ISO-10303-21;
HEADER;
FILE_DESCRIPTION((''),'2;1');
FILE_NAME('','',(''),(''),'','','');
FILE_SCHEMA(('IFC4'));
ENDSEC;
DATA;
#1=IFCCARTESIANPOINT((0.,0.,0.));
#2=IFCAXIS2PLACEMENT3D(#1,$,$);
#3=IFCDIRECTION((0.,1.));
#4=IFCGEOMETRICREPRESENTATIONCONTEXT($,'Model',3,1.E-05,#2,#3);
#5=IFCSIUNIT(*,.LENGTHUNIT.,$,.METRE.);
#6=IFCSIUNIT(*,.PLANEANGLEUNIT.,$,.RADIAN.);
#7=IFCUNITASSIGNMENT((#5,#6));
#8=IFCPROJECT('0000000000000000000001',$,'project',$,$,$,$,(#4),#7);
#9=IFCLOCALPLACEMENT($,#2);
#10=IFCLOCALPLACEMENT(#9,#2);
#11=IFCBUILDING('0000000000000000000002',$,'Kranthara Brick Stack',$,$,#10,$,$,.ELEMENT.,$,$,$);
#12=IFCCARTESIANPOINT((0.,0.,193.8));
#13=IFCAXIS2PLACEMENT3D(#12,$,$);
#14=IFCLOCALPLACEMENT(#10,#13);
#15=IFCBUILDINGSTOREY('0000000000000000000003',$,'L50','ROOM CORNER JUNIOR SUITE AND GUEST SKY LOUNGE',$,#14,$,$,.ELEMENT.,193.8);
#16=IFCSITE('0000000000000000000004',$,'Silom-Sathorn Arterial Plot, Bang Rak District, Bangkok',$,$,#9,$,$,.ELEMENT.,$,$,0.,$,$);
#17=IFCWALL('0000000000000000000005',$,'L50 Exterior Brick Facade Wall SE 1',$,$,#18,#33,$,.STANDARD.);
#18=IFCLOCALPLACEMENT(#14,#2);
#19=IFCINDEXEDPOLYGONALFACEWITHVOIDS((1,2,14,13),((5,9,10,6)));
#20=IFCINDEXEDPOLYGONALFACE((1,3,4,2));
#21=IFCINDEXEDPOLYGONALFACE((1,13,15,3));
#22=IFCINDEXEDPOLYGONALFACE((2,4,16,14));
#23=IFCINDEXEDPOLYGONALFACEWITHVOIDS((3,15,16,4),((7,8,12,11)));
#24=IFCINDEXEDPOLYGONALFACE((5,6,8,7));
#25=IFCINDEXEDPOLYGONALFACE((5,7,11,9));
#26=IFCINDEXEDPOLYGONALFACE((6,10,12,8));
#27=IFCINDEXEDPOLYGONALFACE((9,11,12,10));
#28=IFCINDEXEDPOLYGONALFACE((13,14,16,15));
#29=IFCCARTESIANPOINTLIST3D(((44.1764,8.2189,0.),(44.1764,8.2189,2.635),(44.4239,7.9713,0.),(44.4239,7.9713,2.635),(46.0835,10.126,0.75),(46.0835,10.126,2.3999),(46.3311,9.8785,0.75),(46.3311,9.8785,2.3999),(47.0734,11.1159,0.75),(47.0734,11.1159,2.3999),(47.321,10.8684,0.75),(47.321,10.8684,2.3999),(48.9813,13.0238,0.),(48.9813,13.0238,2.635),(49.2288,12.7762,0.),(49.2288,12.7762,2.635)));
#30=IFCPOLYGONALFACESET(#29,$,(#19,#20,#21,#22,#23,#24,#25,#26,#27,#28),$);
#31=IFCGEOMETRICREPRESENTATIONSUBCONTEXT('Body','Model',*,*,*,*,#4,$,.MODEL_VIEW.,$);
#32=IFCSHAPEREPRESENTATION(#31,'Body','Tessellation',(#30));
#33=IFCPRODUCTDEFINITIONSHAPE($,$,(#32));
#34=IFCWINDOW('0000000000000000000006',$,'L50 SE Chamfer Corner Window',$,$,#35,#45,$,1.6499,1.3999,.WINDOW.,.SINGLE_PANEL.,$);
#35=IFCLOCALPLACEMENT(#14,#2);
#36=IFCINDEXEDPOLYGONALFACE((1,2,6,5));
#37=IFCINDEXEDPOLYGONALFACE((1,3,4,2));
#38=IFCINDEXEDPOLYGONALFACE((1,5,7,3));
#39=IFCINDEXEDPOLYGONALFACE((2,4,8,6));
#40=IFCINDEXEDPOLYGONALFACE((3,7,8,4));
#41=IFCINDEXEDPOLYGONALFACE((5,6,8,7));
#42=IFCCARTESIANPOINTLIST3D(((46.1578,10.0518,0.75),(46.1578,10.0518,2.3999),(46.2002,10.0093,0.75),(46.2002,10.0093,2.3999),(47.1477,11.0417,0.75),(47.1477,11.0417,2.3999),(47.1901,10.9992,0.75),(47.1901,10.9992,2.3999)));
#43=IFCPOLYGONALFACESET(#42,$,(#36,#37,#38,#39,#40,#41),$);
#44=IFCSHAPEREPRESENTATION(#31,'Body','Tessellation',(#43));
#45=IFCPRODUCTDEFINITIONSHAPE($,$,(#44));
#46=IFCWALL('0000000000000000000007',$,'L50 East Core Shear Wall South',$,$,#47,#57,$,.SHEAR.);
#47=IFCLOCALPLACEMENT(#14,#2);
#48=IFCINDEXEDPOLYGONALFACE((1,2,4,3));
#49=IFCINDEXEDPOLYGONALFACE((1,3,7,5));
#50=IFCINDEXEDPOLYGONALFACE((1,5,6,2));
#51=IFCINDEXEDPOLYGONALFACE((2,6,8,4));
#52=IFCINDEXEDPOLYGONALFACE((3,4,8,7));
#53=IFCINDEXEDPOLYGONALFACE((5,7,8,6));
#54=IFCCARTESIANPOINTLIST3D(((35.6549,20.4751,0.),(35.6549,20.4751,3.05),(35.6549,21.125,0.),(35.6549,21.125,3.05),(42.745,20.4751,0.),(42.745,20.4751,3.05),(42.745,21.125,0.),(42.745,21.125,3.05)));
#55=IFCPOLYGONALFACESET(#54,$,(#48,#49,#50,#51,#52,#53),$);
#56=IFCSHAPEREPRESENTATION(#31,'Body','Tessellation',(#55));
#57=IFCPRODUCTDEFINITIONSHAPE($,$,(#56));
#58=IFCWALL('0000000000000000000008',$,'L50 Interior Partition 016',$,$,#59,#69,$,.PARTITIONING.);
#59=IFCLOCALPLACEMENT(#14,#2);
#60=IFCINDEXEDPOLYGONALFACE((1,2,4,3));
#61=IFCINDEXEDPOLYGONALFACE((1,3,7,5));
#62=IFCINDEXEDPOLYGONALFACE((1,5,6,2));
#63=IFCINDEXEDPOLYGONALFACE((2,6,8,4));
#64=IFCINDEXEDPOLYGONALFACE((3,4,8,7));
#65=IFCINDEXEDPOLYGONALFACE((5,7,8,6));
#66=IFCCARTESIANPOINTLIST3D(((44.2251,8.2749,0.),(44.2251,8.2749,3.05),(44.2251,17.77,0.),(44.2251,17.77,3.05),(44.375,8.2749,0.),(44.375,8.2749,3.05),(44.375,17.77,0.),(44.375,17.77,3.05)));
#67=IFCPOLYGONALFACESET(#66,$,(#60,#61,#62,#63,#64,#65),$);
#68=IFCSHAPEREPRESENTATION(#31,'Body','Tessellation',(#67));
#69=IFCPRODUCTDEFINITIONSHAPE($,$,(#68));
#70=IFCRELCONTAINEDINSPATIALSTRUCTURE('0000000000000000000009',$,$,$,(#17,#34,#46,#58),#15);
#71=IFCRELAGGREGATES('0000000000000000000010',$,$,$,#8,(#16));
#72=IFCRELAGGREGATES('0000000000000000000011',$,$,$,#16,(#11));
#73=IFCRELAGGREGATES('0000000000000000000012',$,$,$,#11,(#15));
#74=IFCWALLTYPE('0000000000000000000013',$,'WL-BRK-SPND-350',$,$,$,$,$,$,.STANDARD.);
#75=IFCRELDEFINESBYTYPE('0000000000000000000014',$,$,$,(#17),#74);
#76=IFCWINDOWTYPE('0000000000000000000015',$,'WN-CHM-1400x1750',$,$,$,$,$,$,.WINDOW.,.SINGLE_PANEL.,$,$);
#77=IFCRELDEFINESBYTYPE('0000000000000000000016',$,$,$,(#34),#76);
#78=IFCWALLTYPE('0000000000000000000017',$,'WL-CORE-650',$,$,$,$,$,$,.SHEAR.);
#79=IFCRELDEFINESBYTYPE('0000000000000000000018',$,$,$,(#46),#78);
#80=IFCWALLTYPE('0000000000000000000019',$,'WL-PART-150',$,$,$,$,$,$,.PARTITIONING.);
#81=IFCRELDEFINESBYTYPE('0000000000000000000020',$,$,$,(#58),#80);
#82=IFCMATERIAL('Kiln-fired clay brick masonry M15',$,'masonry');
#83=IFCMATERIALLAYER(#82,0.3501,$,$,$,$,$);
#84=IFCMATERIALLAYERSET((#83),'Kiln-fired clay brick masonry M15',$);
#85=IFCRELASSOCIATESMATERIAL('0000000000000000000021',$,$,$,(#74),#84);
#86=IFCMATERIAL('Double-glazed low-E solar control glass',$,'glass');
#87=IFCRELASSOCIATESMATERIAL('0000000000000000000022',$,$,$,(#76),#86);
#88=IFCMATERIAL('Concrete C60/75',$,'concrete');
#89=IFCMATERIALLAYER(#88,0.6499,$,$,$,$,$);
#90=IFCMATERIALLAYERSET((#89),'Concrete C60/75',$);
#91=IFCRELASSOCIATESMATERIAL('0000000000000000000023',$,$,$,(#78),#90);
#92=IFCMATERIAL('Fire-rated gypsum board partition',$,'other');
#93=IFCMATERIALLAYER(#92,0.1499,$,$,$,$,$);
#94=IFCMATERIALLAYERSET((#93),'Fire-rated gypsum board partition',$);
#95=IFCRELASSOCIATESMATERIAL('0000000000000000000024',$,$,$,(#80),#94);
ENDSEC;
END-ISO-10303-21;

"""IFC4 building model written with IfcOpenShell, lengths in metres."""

from ifc_helpers import new_model, si_unit, direction, frame, frame_2d, origin, place, context, subcontext, project, spatial, rectangle, extrude, material, layer, layer_set, type_object, element, fill, save


model = new_model("IFC4")

# Units and contexts
model_context = context("Model", 3, precision=1e-05, world=origin(), true_north=direction((0.0, 1.0)))
body_context = subcontext(model_context, "Body", "Model", "MODEL_VIEW")
ifc_project = project(units=[si_unit("LENGTHUNIT", "METRE"), si_unit("PLANEANGLEUNIT", "RADIAN")], contexts=[model_context])

# Site, building, storey
site_placement = place(None, origin())
site = spatial("IfcSite", under=ifc_project, at=site_placement, Name="Silom-Sathorn Arterial Plot, Bang Rak District, Bangkok", CompositionType="ELEMENT", RefElevation=0.0)
building_placement = place(site_placement, origin())
building = spatial("IfcBuilding", under=site, at=building_placement, Name="Kranthara Brick Stack", CompositionType="ELEMENT")
storey_placement = place(building_placement, frame((0.0, 0.0, 193.8)))
storey = spatial("IfcBuildingStorey", under=building, at=storey_placement, Name="L50", Description="ROOM CORNER JUNIOR SUITE AND GUEST SKY LOUNGE", CompositionType="ELEMENT", Elevation=193.8)

# Shared definitions
ifc_material_1 = material(Name="Kiln-fired clay brick masonry M15", Category="masonry")
ifc_layer_1 = layer(ifc_material_1, 0.3501)
ifc_layer_set_1 = layer_set([ifc_layer_1], Name="Kiln-fired clay brick masonry M15")
wall_type_1 = type_object("IfcWallType", Name="WL-BRK-SPND-350", PredefinedType="STANDARD", material=ifc_layer_set_1)

# Wall, opening, window
wall_1_placement = place(storey_placement, frame((49.105, 12.8999, 0.0), z_axis=(0.0, 0.0, 1.0), x_axis=(-0.707107, -0.707107, 0.0)))
wall_1 = element("IfcWall", 1, at=wall_1_placement, inside=storey, type_object=wall_type_1, Name="L50 Exterior Brick Facade Wall SE 1", PredefinedType="STANDARD", context=body_context, shape_type="SweptSolid", body=[
    extrude(rectangle(XDim=6.7952, YDim=0.3501, at=frame_2d((3.3975, 0.0))), origin(), (0.0, 0.0, 1.0), 2.635),
])
opening_1_placement = place(wall_1_placement, frame((2.698, 0.0, 0.75)))
opening_1 = element("IfcOpeningElement", 2, at=opening_1_placement, cuts=wall_1, PredefinedType="OPENING", context=body_context, shape_type="SweptSolid", body=[
    extrude(rectangle(XDim=1.3999, YDim=1.6499, at=frame_2d((0.7, 0.825))), frame((0.0, 0.1851, 0.0), z_axis=(0.0, -1.0, 0.0), x_axis=(1.0, 0.0, 0.0)), (0.0, 0.0, 1.0), 0.3701),
])
ifc_material_2 = material(Name="Double-glazed low-E solar control glass", Category="glass")
window_type_1 = type_object("IfcWindowType", Name="WN-CHM-1400x1750", PartitioningType="SINGLE_PANEL", PredefinedType="WINDOW", material=ifc_material_2)
window_1_placement = place(opening_1_placement, origin())
window_1 = element("IfcWindow", 3, at=window_1_placement, inside=storey, type_object=window_type_1, Name="L50 SE Chamfer Corner Window", OverallHeight=1.6499, OverallWidth=1.3999, PartitioningType="SINGLE_PANEL", PredefinedType="WINDOW", context=body_context, shape_type="SweptSolid", body=[
    extrude(rectangle(XDim=1.3999, YDim=1.6499, at=frame_2d((0.7, 0.825))), frame((0.0, -0.01, 0.0), z_axis=(0.0, -1.0, 0.0), x_axis=(1.0, 0.0, 0.0)), (0.0, 0.0, 1.0), 0.0601),
])
fill(opening_1, window_1)

# Walls
ifc_material_3 = material(Name="Concrete C60/75", Category="concrete")
ifc_layer_2 = layer(ifc_material_3, 0.6499)
ifc_layer_set_2 = layer_set([ifc_layer_2], Name="Concrete C60/75")
wall_type_2 = type_object("IfcWallType", Name="WL-CORE-650", PredefinedType="SHEAR", material=ifc_layer_set_2)
wall_2_placement = place(storey_placement, frame((35.655, 20.8, 0.0), z_axis=(0.0, 0.0, 1.0), x_axis=(1.0, 0.0, 0.0)))
element("IfcWall", 4, at=wall_2_placement, inside=storey, type_object=wall_type_2, Name="L50 East Core Shear Wall South", PredefinedType="SHEAR", context=body_context, shape_type="SweptSolid", body=[
    extrude(rectangle(XDim=7.0901, YDim=0.6499, at=frame_2d((3.5449, 0.0))), origin(), (0.0, 0.0, 1.0), 3.05),
])
ifc_material_4 = material(Name="Fire-rated gypsum board partition", Category="other")
ifc_layer_3 = layer(ifc_material_4, 0.1499)
ifc_layer_set_3 = layer_set([ifc_layer_3], Name="Fire-rated gypsum board partition")
wall_type_3 = type_object("IfcWallType", Name="WL-PART-150", PredefinedType="PARTITIONING", material=ifc_layer_set_3)
wall_3_placement = place(storey_placement, frame((44.3, 8.2749, 0.0), z_axis=(0.0, 0.0, 1.0), x_axis=(0.0, 1.0, 0.0)))
element("IfcWall", 5, at=wall_3_placement, inside=storey, type_object=wall_type_3, Name="L50 Interior Partition 016", PredefinedType="PARTITIONING", context=body_context, shape_type="SweptSolid", body=[
    extrude(rectangle(XDim=9.4951, YDim=0.1499, at=frame_2d((4.7476, 0.0))), origin(), (0.0, 0.0, 1.0), 3.05),
])

save(model, "model.ifc")
